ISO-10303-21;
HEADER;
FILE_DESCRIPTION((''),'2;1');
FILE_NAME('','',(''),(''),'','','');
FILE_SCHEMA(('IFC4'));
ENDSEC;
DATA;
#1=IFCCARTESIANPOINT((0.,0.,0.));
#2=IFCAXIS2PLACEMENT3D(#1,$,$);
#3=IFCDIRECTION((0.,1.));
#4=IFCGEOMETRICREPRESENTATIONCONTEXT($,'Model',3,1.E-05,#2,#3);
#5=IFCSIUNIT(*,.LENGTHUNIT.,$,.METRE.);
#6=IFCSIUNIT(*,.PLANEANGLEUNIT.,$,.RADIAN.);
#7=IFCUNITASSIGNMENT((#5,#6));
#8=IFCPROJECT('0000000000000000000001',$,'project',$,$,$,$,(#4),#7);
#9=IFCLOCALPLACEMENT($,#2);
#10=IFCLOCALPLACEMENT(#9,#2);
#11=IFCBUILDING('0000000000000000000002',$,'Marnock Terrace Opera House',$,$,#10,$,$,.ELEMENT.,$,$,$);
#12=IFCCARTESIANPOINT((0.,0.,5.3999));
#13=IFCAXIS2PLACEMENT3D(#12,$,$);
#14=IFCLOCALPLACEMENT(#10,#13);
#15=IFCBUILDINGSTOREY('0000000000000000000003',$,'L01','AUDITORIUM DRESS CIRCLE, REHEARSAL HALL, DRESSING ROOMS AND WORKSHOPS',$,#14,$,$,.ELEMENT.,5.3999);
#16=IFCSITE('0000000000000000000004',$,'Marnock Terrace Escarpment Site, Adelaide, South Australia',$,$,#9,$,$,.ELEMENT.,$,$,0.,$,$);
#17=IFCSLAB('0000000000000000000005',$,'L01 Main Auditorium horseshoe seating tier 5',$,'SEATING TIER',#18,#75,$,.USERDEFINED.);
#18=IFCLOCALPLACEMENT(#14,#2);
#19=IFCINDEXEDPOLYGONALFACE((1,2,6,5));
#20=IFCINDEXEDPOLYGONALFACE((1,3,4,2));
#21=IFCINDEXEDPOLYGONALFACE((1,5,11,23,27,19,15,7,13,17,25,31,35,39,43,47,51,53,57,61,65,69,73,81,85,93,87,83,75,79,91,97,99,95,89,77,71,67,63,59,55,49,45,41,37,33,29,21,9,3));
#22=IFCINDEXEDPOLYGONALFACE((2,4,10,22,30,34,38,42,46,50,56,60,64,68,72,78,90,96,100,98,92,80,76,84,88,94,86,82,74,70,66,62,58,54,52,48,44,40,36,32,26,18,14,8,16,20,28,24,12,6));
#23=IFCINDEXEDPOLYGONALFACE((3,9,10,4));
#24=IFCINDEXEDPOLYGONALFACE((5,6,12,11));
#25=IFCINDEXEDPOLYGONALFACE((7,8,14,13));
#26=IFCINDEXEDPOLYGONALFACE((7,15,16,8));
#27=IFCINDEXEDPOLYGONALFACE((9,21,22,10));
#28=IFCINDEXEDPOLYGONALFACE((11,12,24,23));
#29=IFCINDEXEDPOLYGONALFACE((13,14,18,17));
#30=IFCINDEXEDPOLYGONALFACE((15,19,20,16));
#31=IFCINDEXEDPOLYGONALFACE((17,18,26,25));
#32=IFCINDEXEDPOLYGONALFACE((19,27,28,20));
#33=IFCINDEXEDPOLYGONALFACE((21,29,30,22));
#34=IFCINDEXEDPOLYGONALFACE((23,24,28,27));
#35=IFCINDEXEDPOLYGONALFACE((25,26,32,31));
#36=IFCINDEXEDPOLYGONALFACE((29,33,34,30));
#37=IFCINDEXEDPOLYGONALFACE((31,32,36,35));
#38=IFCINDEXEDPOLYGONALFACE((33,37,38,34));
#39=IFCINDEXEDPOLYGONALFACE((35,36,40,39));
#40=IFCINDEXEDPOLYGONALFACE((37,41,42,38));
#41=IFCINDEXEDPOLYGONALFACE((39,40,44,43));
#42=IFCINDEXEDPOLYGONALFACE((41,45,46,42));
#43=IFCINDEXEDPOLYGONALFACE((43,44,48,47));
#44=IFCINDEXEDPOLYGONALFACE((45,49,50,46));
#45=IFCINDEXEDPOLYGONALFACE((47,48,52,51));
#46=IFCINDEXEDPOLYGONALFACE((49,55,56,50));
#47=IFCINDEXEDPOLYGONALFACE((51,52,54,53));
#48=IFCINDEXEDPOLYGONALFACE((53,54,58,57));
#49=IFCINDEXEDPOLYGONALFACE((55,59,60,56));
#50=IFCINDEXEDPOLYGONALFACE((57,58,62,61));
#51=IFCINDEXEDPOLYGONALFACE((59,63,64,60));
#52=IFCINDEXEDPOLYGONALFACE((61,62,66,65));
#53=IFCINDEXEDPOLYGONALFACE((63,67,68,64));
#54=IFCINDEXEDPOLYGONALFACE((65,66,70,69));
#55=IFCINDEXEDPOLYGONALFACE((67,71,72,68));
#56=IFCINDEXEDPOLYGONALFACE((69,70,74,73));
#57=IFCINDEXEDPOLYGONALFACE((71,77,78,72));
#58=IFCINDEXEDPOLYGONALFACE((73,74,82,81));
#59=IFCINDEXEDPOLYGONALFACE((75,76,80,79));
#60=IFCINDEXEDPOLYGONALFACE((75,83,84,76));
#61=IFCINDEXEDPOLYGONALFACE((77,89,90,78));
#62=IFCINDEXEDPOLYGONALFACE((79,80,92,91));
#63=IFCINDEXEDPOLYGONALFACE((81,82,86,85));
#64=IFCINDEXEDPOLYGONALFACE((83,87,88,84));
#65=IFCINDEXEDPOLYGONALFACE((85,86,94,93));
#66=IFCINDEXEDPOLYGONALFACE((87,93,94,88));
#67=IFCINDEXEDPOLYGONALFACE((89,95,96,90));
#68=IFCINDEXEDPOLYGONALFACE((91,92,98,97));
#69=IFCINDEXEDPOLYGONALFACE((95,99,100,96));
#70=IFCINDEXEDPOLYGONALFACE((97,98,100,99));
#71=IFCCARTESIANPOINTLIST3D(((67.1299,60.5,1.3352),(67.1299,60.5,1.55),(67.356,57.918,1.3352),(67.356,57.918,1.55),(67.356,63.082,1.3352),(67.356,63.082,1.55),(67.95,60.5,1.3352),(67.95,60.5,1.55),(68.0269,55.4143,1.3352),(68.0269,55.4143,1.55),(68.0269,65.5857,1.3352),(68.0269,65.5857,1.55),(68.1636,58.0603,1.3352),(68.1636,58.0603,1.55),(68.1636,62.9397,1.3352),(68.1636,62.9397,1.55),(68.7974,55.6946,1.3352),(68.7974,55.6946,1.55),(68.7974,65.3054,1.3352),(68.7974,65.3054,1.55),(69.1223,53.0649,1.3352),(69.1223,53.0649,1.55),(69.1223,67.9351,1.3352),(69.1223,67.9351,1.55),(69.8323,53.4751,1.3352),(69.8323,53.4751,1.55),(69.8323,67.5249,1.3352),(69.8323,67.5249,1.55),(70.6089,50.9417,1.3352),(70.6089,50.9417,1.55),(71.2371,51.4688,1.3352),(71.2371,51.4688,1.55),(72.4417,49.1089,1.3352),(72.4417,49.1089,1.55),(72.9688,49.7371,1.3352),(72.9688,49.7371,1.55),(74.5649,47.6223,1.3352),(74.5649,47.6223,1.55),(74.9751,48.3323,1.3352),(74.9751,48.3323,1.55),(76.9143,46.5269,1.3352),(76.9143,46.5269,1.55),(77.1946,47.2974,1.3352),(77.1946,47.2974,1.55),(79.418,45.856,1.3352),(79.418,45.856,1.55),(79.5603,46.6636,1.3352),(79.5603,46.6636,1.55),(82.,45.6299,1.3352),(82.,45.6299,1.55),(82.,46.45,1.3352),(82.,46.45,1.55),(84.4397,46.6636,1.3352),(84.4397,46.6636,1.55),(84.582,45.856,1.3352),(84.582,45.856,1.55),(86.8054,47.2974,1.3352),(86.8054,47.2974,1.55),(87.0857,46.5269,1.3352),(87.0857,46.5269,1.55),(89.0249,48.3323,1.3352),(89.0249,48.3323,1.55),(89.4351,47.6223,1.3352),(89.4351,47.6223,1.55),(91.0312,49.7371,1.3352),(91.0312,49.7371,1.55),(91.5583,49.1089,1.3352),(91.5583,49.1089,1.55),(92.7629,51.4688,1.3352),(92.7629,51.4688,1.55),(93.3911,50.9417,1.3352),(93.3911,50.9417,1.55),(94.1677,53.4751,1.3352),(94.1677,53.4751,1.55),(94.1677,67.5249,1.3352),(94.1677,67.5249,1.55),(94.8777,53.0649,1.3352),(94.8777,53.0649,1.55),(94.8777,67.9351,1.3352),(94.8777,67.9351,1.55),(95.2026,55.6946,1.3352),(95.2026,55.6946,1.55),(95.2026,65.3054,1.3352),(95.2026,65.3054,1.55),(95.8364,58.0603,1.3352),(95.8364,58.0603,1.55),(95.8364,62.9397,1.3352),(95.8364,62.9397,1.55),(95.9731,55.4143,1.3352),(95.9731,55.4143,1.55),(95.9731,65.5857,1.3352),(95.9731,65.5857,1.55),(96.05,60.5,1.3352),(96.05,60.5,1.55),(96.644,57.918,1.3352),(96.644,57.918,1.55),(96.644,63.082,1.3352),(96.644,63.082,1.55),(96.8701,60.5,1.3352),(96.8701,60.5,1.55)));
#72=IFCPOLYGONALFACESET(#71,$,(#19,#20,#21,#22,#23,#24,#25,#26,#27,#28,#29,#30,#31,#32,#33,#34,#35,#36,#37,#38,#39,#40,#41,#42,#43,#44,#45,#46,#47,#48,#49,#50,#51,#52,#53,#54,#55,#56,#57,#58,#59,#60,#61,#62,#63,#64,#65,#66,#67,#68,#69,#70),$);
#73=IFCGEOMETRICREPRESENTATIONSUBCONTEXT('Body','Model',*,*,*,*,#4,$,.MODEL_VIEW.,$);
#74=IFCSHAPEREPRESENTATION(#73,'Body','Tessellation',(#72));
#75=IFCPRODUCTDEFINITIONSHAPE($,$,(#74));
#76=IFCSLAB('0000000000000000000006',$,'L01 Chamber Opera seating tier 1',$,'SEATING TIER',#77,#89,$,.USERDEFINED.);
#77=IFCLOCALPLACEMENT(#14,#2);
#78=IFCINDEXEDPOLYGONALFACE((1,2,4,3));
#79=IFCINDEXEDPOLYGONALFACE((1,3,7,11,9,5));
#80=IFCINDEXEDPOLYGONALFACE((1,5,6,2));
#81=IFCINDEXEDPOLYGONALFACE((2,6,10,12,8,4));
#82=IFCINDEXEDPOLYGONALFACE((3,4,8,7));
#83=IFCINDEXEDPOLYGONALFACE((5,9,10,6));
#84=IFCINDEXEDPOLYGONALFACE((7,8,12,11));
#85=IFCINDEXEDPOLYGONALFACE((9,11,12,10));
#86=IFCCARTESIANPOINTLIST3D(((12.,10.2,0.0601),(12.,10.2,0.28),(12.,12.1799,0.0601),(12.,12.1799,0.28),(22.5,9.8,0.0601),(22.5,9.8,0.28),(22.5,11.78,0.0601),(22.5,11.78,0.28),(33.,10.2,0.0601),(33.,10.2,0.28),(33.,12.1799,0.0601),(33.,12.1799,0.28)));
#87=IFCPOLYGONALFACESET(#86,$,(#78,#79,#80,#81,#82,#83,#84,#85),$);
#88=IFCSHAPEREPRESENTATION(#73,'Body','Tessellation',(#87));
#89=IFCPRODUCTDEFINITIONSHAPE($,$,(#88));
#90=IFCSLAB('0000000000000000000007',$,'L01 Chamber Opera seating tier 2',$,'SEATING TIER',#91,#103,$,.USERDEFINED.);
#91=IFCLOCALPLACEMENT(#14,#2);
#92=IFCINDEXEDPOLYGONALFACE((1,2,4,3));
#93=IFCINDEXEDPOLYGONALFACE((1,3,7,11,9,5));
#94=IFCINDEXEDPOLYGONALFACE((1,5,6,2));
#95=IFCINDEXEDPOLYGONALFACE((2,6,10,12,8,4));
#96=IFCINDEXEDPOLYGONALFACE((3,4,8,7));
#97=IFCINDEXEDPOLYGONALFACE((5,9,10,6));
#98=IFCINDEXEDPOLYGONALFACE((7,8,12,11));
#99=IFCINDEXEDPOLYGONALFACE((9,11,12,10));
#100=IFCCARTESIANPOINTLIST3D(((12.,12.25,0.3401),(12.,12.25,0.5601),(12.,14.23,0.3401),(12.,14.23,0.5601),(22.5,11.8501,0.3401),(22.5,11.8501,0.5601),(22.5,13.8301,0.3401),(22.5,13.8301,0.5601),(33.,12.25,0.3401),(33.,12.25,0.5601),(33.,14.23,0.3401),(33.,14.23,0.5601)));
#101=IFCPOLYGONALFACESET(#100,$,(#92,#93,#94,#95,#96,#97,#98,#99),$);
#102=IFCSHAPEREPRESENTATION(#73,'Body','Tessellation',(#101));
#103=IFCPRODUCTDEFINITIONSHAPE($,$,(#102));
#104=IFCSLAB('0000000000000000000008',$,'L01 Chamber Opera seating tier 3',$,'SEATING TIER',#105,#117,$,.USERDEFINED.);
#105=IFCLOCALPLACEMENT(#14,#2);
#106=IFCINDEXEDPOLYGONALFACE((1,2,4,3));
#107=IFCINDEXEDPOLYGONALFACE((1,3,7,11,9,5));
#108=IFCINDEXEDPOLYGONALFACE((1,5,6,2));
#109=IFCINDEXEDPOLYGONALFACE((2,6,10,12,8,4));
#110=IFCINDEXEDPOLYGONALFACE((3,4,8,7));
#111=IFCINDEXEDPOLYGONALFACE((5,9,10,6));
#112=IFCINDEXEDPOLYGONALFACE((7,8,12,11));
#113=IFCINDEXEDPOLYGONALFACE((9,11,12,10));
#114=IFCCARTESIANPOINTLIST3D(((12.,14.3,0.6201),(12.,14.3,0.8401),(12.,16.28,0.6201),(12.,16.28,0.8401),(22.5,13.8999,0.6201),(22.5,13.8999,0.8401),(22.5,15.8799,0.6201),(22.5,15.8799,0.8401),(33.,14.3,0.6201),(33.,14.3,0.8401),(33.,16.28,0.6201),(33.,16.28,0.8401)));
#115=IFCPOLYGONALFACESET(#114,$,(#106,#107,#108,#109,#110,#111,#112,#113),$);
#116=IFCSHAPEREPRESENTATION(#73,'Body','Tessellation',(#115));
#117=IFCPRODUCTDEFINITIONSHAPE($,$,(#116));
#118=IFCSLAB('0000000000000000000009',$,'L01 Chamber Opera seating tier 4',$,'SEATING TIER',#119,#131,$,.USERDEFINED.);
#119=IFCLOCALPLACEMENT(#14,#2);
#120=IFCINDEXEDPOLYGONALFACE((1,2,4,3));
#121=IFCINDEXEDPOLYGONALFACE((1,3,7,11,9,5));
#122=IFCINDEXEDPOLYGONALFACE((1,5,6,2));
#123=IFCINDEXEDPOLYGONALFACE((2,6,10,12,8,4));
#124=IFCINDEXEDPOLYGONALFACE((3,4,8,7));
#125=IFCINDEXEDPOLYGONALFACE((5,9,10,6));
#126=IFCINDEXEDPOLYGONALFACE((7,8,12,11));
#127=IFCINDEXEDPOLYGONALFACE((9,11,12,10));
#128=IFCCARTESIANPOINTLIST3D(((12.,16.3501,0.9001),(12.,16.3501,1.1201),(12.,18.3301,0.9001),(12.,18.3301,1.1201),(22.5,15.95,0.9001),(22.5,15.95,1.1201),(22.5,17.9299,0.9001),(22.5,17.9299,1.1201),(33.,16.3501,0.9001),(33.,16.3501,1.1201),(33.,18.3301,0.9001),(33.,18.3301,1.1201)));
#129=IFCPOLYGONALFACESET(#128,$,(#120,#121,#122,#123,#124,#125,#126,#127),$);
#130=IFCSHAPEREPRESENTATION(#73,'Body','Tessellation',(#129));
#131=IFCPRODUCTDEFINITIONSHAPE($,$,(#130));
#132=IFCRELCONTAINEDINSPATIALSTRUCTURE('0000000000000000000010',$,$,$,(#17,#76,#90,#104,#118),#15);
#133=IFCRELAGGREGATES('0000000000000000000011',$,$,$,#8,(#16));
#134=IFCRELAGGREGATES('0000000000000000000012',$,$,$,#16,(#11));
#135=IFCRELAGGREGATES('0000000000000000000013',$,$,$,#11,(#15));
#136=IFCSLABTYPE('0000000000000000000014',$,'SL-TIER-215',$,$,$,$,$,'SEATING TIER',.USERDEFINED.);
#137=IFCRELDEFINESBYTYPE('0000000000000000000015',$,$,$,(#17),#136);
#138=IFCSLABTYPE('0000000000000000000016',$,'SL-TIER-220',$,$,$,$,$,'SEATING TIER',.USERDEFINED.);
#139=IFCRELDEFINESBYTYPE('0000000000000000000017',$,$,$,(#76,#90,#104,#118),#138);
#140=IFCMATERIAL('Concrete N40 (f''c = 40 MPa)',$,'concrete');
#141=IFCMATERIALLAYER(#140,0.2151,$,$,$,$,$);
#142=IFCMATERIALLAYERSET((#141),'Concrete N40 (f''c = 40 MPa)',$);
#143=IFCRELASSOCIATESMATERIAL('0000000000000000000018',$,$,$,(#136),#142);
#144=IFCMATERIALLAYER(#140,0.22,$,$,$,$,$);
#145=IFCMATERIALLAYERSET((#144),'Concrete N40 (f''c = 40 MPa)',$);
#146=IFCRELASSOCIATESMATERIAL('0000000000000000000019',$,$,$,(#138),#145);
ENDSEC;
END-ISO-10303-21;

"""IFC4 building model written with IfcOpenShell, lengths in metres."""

from ifc_helpers import new_model, si_unit, direction, frame, origin, place, context, subcontext, project, spatial, polyline, outline, extrude, material, layer, layer_set, type_object, element, save


model = new_model("IFC4")

# Units and contexts
model_context = context("Model", 3, precision=1e-05, world=origin(), true_north=direction((0.0, 1.0)))
body_context = subcontext(model_context, "Body", "Model", "MODEL_VIEW")
ifc_project = project(units=[si_unit("LENGTHUNIT", "METRE"), si_unit("PLANEANGLEUNIT", "RADIAN")], contexts=[model_context])

# Site, building, storey
site_placement = place(None, origin())
site = spatial("IfcSite", under=ifc_project, at=site_placement, Name="Marnock Terrace Escarpment Site, Adelaide, South Australia", CompositionType="ELEMENT", RefElevation=0.0)
building_placement = place(site_placement, origin())
building = spatial("IfcBuilding", under=site, at=building_placement, Name="Marnock Terrace Opera House", CompositionType="ELEMENT")
storey_placement = place(building_placement, frame((0.0, 0.0, 5.3999)))
storey = spatial("IfcBuildingStorey", under=building, at=storey_placement, Name="L01", Description="AUDITORIUM DRESS CIRCLE, REHEARSAL HALL, DRESSING ROOMS AND WORKSHOPS", CompositionType="ELEMENT", Elevation=5.3999)

# Shared definitions
ifc_material_1 = material(Name="Concrete N40 (f'c = 40 MPa)", Category="concrete")

# Slabs
ifc_layer_1 = layer(ifc_material_1, 0.2151)
ifc_layer_set_1 = layer_set([ifc_layer_1], Name="Concrete N40 (f'c = 40 MPa)")
slab_type_1 = type_object("IfcSlabType", Name="SL-TIER-215", ElementType="SEATING TIER", PredefinedType="USERDEFINED", material=ifc_layer_set_1)
slab_1_placement = place(storey_placement, frame((0.0, 0.0, 1.3352)))
element("IfcSlab", 1, at=slab_1_placement, inside=storey, type_object=slab_type_1, Name="L01 Main Auditorium horseshoe seating tier 5", ObjectType="SEATING TIER", PredefinedType="USERDEFINED", context=body_context, shape_type="SweptSolid", body=[
    extrude(outline(polyline([(69.1223, 67.9351), (68.0269, 65.5857), (67.356, 63.082), (67.1299, 60.5), (67.356, 57.918), (68.0269, 55.4143), (69.1223, 53.0649), (70.6089, 50.9417), (72.4417, 49.1089), (74.5649, 47.6223), (76.9143, 46.5269), (79.418, 45.856), (82.0, 45.6299), (84.582, 45.856), (87.0857, 46.5269), (89.4351, 47.6223), (91.5583, 49.1089), (93.3911, 50.9417), (94.8777, 53.0649), (95.9731, 55.4143), (96.644, 57.918), (96.8701, 60.5), (96.644, 63.082), (95.9731, 65.5857), (94.8777, 67.9351), (94.1677, 67.5249), (95.2026, 65.3054), (95.8364, 62.9397), (96.05, 60.5), (95.8364, 58.0603), (95.2026, 55.6946), (94.1677, 53.4751), (92.7629, 51.4688), (91.0312, 49.7371), (89.0249, 48.3323), (86.8054, 47.2974), (84.4397, 46.6636), (82.0, 46.45), (79.5603, 46.6636), (77.1946, 47.2974), (74.9751, 48.3323), (72.9688, 49.7371), (71.2371, 51.4688), (69.8323, 53.4751), (68.7974, 55.6946), (68.1636, 58.0603), (67.95, 60.5), (68.1636, 62.9397), (68.7974, 65.3054), (69.8323, 67.5249), (69.1223, 67.9351)])), origin(), (0.0, 0.0, 1.0), 0.2148),
])
ifc_layer_2 = layer(ifc_material_1, 0.22)
ifc_layer_set_2 = layer_set([ifc_layer_2], Name="Concrete N40 (f'c = 40 MPa)")
slab_type_2 = type_object("IfcSlabType", Name="SL-TIER-220", ElementType="SEATING TIER", PredefinedType="USERDEFINED", material=ifc_layer_set_2)
slab_2_placement = place(storey_placement, frame((0.0, 0.0, 0.0601)))
element("IfcSlab", 2, at=slab_2_placement, inside=storey, type_object=slab_type_2, Name="L01 Chamber Opera seating tier 1", ObjectType="SEATING TIER", PredefinedType="USERDEFINED", context=body_context, shape_type="SweptSolid", body=[
    extrude(outline(polyline([(12.0, 10.2), (22.5, 9.8), (33.0, 10.2), (33.0, 12.1799), (22.5, 11.78), (12.0, 12.1799), (12.0, 10.2)])), origin(), (0.0, 0.0, 1.0), 0.22),
])
slab_3_placement = place(storey_placement, frame((0.0, 0.0, 0.3401)))
element("IfcSlab", 3, at=slab_3_placement, inside=storey, type_object=slab_type_2, Name="L01 Chamber Opera seating tier 2", ObjectType="SEATING TIER", PredefinedType="USERDEFINED", context=body_context, shape_type="SweptSolid", body=[
    extrude(outline(polyline([(12.0, 12.25), (22.5, 11.8501), (33.0, 12.25), (33.0, 14.23), (22.5, 13.8301), (12.0, 14.23), (12.0, 12.25)])), origin(), (0.0, 0.0, 1.0), 0.22),
])
slab_4_placement = place(storey_placement, frame((0.0, 0.0, 0.6201)))
element("IfcSlab", 4, at=slab_4_placement, inside=storey, type_object=slab_type_2, Name="L01 Chamber Opera seating tier 3", ObjectType="SEATING TIER", PredefinedType="USERDEFINED", context=body_context, shape_type="SweptSolid", body=[
    extrude(outline(polyline([(12.0, 14.3), (22.5, 13.8999), (33.0, 14.3), (33.0, 16.28), (22.5, 15.8799), (12.0, 16.28), (12.0, 14.3)])), origin(), (0.0, 0.0, 1.0), 0.22),
])
slab_5_placement = place(storey_placement, frame((0.0, 0.0, 0.9001)))
element("IfcSlab", 5, at=slab_5_placement, inside=storey, type_object=slab_type_2, Name="L01 Chamber Opera seating tier 4", ObjectType="SEATING TIER", PredefinedType="USERDEFINED", context=body_context, shape_type="SweptSolid", body=[
    extrude(outline(polyline([(12.0, 16.3501), (22.5, 15.95), (33.0, 16.3501), (33.0, 18.3301), (22.5, 17.9299), (12.0, 18.3301), (12.0, 16.3501)])), origin(), (0.0, 0.0, 1.0), 0.22),
])

save(model, "model.ifc")
